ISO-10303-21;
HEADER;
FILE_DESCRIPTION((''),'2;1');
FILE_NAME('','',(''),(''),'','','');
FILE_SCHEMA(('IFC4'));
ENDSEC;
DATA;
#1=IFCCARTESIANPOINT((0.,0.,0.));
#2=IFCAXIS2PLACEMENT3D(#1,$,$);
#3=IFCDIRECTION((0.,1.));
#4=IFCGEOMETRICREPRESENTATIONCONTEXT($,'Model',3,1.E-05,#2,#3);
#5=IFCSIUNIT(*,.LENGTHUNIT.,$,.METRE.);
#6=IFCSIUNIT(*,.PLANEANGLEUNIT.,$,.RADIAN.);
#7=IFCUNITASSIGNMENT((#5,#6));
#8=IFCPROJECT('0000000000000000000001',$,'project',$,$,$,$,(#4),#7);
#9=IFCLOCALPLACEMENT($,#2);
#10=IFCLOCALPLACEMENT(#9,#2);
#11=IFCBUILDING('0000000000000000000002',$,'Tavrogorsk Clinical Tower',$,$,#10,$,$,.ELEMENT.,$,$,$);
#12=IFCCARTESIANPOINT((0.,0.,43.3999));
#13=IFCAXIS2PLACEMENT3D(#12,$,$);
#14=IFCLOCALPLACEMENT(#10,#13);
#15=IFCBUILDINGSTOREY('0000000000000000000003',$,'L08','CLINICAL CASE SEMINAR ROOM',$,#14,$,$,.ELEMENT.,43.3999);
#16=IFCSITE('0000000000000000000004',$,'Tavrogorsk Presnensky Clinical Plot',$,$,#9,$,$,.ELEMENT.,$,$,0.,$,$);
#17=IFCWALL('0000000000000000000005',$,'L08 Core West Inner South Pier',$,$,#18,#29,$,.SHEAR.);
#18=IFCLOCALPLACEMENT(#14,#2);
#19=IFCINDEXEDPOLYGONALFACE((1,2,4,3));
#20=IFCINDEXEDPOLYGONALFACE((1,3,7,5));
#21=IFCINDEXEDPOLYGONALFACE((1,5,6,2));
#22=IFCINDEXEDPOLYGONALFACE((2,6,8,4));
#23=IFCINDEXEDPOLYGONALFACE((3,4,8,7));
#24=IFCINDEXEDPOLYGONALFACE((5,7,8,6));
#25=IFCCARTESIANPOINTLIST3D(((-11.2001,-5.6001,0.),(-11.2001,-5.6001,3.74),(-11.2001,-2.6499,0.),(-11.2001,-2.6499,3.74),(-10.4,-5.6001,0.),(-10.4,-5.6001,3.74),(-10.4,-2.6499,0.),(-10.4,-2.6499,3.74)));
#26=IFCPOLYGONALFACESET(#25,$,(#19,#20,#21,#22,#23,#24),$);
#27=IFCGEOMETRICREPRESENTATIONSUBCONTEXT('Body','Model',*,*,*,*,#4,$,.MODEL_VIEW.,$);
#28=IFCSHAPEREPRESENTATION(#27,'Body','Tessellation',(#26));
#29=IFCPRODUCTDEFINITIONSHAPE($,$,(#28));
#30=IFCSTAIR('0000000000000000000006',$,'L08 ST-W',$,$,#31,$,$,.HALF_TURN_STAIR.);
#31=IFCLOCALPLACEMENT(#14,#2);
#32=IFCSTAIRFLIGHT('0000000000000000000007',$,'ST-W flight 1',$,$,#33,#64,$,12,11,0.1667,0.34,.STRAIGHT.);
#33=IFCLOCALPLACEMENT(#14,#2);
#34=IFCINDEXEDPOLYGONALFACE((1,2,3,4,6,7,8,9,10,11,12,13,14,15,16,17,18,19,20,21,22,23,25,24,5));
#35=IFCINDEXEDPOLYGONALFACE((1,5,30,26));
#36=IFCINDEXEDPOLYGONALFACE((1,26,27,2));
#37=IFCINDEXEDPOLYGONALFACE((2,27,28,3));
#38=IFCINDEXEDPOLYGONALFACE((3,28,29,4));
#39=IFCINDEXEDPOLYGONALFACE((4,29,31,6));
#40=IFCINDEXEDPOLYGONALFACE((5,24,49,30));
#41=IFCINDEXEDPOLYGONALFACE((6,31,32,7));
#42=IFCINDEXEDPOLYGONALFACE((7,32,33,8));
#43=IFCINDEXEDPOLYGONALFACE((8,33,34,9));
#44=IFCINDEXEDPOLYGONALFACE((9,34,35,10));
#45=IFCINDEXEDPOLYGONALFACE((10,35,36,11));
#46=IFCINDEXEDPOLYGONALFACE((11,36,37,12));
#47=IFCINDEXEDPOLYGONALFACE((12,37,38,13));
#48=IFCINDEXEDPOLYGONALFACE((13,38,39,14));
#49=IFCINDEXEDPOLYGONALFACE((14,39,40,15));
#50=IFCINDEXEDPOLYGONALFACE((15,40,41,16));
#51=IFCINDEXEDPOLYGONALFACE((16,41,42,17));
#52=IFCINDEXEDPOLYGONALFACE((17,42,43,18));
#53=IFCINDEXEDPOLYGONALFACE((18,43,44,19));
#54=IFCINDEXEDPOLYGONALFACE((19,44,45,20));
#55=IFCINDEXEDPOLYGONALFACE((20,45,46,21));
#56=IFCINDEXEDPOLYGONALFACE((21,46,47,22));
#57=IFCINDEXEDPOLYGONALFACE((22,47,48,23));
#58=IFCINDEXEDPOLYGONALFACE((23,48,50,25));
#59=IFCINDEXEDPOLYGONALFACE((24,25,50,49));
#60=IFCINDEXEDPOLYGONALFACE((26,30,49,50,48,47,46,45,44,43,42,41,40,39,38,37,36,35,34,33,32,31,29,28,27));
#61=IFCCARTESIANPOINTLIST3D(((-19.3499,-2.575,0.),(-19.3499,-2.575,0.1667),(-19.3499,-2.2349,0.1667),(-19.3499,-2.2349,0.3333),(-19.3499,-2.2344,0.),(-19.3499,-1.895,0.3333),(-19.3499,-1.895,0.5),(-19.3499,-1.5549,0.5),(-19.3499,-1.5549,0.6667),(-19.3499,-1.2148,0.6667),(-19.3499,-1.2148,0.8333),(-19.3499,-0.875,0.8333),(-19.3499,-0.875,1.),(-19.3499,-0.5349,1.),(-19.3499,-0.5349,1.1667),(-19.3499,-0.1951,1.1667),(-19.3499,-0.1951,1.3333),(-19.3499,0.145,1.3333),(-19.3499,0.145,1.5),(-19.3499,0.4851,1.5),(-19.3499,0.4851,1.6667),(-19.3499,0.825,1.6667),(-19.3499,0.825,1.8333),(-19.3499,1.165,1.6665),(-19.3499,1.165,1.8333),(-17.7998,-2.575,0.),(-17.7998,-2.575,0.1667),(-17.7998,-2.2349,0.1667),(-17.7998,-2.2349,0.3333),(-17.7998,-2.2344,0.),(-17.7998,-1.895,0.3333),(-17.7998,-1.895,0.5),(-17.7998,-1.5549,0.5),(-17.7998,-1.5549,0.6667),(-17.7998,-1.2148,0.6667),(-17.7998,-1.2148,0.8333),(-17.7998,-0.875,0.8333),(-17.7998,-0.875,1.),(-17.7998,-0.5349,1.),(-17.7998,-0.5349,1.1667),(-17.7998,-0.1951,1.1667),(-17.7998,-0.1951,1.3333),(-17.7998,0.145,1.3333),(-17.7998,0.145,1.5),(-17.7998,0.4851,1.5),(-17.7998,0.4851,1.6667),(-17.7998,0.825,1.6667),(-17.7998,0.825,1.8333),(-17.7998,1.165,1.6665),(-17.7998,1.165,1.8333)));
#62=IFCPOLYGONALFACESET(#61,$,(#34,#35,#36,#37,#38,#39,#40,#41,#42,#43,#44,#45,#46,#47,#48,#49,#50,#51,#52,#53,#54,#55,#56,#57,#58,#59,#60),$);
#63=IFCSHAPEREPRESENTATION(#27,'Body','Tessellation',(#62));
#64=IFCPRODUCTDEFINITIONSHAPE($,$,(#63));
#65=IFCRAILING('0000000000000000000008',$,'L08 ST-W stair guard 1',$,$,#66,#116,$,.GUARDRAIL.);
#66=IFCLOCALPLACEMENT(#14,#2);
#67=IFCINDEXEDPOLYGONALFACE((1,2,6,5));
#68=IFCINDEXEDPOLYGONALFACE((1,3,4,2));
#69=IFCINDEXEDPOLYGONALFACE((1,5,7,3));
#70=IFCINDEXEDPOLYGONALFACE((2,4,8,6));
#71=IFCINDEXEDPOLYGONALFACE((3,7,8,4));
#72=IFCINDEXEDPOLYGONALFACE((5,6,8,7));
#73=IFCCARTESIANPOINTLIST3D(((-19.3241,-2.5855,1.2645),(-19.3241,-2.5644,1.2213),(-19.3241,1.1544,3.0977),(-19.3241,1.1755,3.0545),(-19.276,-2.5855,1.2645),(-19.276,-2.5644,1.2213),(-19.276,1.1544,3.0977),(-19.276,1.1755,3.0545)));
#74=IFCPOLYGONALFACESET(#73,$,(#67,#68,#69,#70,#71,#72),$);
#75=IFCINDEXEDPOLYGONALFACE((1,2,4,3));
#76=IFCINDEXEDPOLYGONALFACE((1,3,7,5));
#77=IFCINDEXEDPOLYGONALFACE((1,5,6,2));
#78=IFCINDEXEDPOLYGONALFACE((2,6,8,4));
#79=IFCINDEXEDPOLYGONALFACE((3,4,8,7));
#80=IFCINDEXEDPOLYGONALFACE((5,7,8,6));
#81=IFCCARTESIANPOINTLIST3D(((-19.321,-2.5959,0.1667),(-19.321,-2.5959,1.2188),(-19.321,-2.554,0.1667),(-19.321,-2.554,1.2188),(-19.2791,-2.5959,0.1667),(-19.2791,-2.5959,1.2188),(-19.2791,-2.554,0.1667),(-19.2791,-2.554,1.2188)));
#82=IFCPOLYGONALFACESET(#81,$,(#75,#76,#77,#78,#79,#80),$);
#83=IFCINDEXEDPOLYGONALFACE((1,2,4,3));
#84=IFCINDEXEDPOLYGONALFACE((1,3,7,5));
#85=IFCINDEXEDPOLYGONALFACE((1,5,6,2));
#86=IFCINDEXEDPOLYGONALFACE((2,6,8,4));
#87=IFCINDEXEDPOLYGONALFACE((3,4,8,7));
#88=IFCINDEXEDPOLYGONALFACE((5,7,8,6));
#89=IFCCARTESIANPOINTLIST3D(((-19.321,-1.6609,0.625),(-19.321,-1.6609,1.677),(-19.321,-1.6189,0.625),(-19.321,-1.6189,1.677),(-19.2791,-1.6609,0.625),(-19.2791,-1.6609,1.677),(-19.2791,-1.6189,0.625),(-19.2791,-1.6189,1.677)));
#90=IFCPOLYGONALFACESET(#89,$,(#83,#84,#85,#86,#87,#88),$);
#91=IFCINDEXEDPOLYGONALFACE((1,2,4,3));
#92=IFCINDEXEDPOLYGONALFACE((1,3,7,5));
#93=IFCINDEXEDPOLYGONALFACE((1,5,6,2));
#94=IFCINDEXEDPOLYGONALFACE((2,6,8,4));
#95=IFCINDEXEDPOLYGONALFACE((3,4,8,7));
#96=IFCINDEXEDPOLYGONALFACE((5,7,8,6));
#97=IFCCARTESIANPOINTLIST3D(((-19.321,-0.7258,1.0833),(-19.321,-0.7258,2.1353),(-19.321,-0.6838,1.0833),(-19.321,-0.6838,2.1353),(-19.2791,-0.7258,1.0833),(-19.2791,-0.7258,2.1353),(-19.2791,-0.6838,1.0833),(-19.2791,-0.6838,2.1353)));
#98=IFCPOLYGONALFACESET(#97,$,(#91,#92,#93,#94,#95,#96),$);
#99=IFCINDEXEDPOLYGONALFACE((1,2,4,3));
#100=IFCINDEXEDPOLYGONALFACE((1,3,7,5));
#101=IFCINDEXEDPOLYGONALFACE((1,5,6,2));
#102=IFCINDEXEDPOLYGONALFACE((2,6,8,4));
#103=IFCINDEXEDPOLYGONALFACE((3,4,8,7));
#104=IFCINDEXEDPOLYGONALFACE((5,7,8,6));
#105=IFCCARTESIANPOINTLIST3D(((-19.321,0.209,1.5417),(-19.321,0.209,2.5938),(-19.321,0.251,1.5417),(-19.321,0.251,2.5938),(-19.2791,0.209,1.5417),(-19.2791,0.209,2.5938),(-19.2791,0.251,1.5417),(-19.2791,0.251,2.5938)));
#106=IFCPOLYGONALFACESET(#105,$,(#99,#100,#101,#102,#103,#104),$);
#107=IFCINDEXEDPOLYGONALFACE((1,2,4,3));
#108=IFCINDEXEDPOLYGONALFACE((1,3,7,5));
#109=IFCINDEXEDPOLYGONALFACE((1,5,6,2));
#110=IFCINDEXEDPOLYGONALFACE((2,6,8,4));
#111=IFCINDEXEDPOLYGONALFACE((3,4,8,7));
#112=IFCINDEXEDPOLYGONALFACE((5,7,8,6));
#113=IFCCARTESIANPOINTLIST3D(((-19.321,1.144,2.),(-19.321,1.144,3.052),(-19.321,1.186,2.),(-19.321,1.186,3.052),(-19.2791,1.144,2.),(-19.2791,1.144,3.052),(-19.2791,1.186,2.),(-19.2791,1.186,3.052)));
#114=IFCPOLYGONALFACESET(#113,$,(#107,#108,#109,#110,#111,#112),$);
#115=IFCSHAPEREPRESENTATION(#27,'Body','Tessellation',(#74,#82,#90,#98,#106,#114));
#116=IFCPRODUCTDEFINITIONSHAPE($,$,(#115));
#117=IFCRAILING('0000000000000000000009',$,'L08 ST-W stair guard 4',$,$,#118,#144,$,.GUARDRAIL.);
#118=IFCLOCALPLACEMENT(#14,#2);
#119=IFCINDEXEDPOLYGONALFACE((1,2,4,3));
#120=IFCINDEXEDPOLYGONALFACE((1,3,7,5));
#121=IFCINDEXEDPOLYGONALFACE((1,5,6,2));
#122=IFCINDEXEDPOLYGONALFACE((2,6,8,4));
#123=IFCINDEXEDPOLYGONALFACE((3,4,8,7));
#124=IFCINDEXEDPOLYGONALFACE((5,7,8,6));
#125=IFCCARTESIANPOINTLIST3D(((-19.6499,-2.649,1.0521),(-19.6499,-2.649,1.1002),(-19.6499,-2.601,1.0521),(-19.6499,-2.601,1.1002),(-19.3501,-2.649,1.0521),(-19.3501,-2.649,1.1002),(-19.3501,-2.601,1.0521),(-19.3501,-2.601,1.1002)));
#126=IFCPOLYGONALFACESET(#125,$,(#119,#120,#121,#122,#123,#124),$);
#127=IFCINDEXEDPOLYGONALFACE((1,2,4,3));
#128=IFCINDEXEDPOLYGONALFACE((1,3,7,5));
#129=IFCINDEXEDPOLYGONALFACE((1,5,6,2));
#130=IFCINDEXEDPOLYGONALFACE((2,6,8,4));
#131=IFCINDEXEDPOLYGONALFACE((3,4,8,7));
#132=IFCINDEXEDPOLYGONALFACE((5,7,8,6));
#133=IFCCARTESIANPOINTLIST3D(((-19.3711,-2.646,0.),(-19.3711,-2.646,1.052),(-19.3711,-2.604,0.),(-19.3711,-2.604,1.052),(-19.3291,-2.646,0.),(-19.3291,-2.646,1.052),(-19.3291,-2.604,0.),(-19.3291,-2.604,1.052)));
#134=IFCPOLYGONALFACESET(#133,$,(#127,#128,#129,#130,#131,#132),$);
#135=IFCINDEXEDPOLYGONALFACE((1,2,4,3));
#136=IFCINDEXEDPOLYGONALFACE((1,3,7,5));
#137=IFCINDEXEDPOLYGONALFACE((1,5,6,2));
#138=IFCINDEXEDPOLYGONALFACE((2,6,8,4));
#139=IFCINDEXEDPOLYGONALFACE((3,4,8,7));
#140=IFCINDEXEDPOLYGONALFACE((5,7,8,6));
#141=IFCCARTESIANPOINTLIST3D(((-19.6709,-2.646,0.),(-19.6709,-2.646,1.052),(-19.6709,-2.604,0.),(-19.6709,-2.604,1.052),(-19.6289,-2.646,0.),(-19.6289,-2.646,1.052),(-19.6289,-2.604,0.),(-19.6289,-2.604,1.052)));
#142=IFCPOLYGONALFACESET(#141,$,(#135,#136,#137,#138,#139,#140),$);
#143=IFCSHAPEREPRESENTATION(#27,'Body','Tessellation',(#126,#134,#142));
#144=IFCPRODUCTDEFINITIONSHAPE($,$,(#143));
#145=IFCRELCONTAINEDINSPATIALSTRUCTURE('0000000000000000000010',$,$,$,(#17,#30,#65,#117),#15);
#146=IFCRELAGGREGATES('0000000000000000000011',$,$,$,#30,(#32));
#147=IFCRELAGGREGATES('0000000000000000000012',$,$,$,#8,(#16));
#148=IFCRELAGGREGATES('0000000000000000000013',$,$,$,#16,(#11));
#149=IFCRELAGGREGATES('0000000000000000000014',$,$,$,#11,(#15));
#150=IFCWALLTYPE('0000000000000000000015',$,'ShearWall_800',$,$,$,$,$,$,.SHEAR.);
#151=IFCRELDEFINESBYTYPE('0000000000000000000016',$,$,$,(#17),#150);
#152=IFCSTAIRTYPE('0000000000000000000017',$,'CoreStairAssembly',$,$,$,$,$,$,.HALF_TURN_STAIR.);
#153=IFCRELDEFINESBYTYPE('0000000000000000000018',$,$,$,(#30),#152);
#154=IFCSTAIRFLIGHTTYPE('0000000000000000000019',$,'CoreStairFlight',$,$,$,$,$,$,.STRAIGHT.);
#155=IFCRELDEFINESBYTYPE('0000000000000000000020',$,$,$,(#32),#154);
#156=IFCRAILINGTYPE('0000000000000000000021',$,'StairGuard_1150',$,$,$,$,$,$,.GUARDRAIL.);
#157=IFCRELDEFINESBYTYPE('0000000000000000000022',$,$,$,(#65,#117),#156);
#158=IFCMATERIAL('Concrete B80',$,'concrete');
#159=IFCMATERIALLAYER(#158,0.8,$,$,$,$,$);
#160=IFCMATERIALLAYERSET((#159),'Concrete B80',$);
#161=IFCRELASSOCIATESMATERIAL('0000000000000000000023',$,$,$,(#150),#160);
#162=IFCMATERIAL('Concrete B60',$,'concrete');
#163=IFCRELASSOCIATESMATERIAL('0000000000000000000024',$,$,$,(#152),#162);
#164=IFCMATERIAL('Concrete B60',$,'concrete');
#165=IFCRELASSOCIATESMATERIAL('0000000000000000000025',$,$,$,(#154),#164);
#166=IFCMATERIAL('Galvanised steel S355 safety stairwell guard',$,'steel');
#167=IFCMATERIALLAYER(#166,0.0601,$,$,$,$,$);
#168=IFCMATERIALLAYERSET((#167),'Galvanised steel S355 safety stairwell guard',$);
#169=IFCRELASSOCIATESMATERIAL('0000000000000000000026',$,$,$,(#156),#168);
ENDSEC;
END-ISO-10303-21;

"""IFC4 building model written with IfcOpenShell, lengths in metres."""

from ifc_helpers import new_model, si_unit, direction, frame, frame_2d, origin, origin_2d, place, context, subcontext, project, spatial, polyline, rectangle, outline, extrude, material, layer, layer_set, type_object, element, aggregate, save


model = new_model("IFC4")

# Units and contexts
model_context = context("Model", 3, precision=1e-05, world=origin(), true_north=direction((0.0, 1.0)))
body_context = subcontext(model_context, "Body", "Model", "MODEL_VIEW")
ifc_project = project(units=[si_unit("LENGTHUNIT", "METRE"), si_unit("PLANEANGLEUNIT", "RADIAN")], contexts=[model_context])

# Site, building, storey
site_placement = place(None, origin())
site = spatial("IfcSite", under=ifc_project, at=site_placement, Name="Tavrogorsk Presnensky Clinical Plot", CompositionType="ELEMENT", RefElevation=0.0)
building_placement = place(site_placement, origin())
building = spatial("IfcBuilding", under=site, at=building_placement, Name="Tavrogorsk Clinical Tower", CompositionType="ELEMENT")
storey_placement = place(building_placement, frame((0.0, 0.0, 43.3999)))
storey = spatial("IfcBuildingStorey", under=building, at=storey_placement, Name="L08", Description="CLINICAL CASE SEMINAR ROOM", CompositionType="ELEMENT", Elevation=43.3999)

# Wall
ifc_material_1 = material(Name="Concrete B80", Category="concrete")
ifc_layer_1 = layer(ifc_material_1, 0.8)
ifc_layer_set_1 = layer_set([ifc_layer_1], Name="Concrete B80")
wall_type_1 = type_object("IfcWallType", Name="ShearWall_800", PredefinedType="SHEAR", material=ifc_layer_set_1)
wall_1_placement = place(storey_placement, frame((-10.8, -5.6001, 0.0), z_axis=(0.0, 0.0, 1.0), x_axis=(0.0, 1.0, 0.0)))
element("IfcWall", 1, at=wall_1_placement, inside=storey, type_object=wall_type_1, Name="L08 Core West Inner South Pier", PredefinedType="SHEAR", context=body_context, shape_type="SweptSolid", body=[
    extrude(rectangle(XDim=2.9502, YDim=0.8, at=frame_2d((1.4751, 0.0))), origin(), (0.0, 0.0, 1.0), 3.74),
])

# Stair, stair flight
ifc_material_2 = material(Name="Concrete B60", Category="concrete")
stair_type = type_object("IfcStairType", Name="CoreStairAssembly", PredefinedType="HALF_TURN_STAIR", material=ifc_material_2)
stair_placement = place(storey_placement, origin())
stair = element("IfcStair", 2, at=stair_placement, inside=storey, type_object=stair_type, Name="L08 ST-W", PredefinedType="HALF_TURN_STAIR")
ifc_material_3 = material(Name="Concrete B60", Category="concrete")
stair_flight_type = type_object("IfcStairFlightType", Name="CoreStairFlight", PredefinedType="STRAIGHT", material=ifc_material_3)
stair_flight_placement = place(storey_placement, frame((-18.575, -2.575, 0.0), z_axis=(0.0, 0.0, 1.0), x_axis=(0.0, 1.0, 0.0)))
stair_flight = element("IfcStairFlight", 3, at=stair_flight_placement, type_object=stair_flight_type, Name="ST-W flight 1", NumberOfRisers=12, NumberOfTreads=11, PredefinedType="STRAIGHT", RiserHeight=0.1667, TreadLength=0.34, context=body_context, shape_type="SweptSolid", body=[
    extrude(outline(polyline([(0.0, 0.0), (0.0, 0.1667), (0.3401, 0.1667), (0.3401, 0.3333), (0.6799, 0.3333), (0.6799, 0.5), (1.02, 0.5), (1.02, 0.6667), (1.3601, 0.6667), (1.3601, 0.8333), (1.7, 0.8333), (1.7, 1.0), (2.04, 1.0), (2.04, 1.1667), (2.3799, 1.1667), (2.3799, 1.3333), (2.72, 1.3333), (2.72, 1.5), (3.0601, 1.5), (3.0601, 1.6667), (3.3999, 1.6667), (3.3999, 1.8333), (3.74, 1.8333), (3.74, 2.0), (3.74, 1.6665), (0.3406, 0.0), (0.0, 0.0)])), frame((0.0, 0.7749, 0.0), z_axis=(0.0, -1.0, 0.0), x_axis=(1.0, 0.0, 0.0)), (0.0, 0.0, 1.0), 1.55),
])
aggregate(stair, [stair_flight])

# Railings
ifc_material_4 = material(Name="Galvanised steel S355 safety stairwell guard", Category="steel")
ifc_layer_2 = layer(ifc_material_4, 0.0601)
ifc_layer_set_2 = layer_set([ifc_layer_2], Name="Galvanised steel S355 safety stairwell guard")
railing_type = type_object("IfcRailingType", Name="StairGuard_1150", PredefinedType="GUARDRAIL", material=ifc_layer_set_2)
railing_1_placement = place(storey_placement, frame((-19.3, -2.575, 0.1667)))
element("IfcRailing", 4, at=railing_1_placement, inside=storey, type_object=railing_type, Name="L08 ST-W stair guard 1", PredefinedType="GUARDRAIL", context=body_context, shape_type="SweptSolid", body=[
    extrude(rectangle(XDim=0.0481, YDim=0.0481, at=origin_2d()), frame((0.0, 0.0, 1.0762), z_axis=(0.0, 0.897928, 0.440142), x_axis=(-1.0, 0.0, 0.0)), (0.0, 0.0, 1.0), 4.165),
    extrude(rectangle(XDim=0.042, YDim=0.042, at=origin_2d()), origin(), (0.0, 0.0, 1.0), 1.052),
    extrude(rectangle(XDim=0.042, YDim=0.042, at=origin_2d()), frame((0.0, 0.9351, 0.4583)), (0.0, 0.0, 1.0), 1.052),
    extrude(rectangle(XDim=0.042, YDim=0.042, at=origin_2d()), frame((0.0, 1.8701, 0.9165)), (0.0, 0.0, 1.0), 1.052),
    extrude(rectangle(XDim=0.042, YDim=0.042, at=origin_2d()), frame((0.0, 2.8049, 1.375)), (0.0, 0.0, 1.0), 1.052),
    extrude(rectangle(XDim=0.042, YDim=0.042, at=origin_2d()), frame((0.0, 3.74, 1.8333)), (0.0, 0.0, 1.0), 1.052),
])
railing_2_placement = place(storey_placement, frame((-19.3501, -2.625, 0.0)))
element("IfcRailing", 5, at=railing_2_placement, inside=storey, type_object=railing_type, Name="L08 ST-W stair guard 4", PredefinedType="GUARDRAIL", context=body_context, shape_type="SweptSolid", body=[
    extrude(rectangle(XDim=0.0481, YDim=0.0481, at=origin_2d()), frame((0.0, 0.0, 1.0762), z_axis=(-1.0, 0.0, 0.0), x_axis=(0.0, -1.0, 0.0)), (0.0, 0.0, 1.0), 0.2998),
    extrude(rectangle(XDim=0.042, YDim=0.042, at=origin_2d()), origin(), (0.0, 0.0, 1.0), 1.052),
    extrude(rectangle(XDim=0.042, YDim=0.042, at=origin_2d()), frame((-0.2998, 0.0, 0.0)), (0.0, 0.0, 1.0), 1.052),
])

save(model, "model.ifc")
